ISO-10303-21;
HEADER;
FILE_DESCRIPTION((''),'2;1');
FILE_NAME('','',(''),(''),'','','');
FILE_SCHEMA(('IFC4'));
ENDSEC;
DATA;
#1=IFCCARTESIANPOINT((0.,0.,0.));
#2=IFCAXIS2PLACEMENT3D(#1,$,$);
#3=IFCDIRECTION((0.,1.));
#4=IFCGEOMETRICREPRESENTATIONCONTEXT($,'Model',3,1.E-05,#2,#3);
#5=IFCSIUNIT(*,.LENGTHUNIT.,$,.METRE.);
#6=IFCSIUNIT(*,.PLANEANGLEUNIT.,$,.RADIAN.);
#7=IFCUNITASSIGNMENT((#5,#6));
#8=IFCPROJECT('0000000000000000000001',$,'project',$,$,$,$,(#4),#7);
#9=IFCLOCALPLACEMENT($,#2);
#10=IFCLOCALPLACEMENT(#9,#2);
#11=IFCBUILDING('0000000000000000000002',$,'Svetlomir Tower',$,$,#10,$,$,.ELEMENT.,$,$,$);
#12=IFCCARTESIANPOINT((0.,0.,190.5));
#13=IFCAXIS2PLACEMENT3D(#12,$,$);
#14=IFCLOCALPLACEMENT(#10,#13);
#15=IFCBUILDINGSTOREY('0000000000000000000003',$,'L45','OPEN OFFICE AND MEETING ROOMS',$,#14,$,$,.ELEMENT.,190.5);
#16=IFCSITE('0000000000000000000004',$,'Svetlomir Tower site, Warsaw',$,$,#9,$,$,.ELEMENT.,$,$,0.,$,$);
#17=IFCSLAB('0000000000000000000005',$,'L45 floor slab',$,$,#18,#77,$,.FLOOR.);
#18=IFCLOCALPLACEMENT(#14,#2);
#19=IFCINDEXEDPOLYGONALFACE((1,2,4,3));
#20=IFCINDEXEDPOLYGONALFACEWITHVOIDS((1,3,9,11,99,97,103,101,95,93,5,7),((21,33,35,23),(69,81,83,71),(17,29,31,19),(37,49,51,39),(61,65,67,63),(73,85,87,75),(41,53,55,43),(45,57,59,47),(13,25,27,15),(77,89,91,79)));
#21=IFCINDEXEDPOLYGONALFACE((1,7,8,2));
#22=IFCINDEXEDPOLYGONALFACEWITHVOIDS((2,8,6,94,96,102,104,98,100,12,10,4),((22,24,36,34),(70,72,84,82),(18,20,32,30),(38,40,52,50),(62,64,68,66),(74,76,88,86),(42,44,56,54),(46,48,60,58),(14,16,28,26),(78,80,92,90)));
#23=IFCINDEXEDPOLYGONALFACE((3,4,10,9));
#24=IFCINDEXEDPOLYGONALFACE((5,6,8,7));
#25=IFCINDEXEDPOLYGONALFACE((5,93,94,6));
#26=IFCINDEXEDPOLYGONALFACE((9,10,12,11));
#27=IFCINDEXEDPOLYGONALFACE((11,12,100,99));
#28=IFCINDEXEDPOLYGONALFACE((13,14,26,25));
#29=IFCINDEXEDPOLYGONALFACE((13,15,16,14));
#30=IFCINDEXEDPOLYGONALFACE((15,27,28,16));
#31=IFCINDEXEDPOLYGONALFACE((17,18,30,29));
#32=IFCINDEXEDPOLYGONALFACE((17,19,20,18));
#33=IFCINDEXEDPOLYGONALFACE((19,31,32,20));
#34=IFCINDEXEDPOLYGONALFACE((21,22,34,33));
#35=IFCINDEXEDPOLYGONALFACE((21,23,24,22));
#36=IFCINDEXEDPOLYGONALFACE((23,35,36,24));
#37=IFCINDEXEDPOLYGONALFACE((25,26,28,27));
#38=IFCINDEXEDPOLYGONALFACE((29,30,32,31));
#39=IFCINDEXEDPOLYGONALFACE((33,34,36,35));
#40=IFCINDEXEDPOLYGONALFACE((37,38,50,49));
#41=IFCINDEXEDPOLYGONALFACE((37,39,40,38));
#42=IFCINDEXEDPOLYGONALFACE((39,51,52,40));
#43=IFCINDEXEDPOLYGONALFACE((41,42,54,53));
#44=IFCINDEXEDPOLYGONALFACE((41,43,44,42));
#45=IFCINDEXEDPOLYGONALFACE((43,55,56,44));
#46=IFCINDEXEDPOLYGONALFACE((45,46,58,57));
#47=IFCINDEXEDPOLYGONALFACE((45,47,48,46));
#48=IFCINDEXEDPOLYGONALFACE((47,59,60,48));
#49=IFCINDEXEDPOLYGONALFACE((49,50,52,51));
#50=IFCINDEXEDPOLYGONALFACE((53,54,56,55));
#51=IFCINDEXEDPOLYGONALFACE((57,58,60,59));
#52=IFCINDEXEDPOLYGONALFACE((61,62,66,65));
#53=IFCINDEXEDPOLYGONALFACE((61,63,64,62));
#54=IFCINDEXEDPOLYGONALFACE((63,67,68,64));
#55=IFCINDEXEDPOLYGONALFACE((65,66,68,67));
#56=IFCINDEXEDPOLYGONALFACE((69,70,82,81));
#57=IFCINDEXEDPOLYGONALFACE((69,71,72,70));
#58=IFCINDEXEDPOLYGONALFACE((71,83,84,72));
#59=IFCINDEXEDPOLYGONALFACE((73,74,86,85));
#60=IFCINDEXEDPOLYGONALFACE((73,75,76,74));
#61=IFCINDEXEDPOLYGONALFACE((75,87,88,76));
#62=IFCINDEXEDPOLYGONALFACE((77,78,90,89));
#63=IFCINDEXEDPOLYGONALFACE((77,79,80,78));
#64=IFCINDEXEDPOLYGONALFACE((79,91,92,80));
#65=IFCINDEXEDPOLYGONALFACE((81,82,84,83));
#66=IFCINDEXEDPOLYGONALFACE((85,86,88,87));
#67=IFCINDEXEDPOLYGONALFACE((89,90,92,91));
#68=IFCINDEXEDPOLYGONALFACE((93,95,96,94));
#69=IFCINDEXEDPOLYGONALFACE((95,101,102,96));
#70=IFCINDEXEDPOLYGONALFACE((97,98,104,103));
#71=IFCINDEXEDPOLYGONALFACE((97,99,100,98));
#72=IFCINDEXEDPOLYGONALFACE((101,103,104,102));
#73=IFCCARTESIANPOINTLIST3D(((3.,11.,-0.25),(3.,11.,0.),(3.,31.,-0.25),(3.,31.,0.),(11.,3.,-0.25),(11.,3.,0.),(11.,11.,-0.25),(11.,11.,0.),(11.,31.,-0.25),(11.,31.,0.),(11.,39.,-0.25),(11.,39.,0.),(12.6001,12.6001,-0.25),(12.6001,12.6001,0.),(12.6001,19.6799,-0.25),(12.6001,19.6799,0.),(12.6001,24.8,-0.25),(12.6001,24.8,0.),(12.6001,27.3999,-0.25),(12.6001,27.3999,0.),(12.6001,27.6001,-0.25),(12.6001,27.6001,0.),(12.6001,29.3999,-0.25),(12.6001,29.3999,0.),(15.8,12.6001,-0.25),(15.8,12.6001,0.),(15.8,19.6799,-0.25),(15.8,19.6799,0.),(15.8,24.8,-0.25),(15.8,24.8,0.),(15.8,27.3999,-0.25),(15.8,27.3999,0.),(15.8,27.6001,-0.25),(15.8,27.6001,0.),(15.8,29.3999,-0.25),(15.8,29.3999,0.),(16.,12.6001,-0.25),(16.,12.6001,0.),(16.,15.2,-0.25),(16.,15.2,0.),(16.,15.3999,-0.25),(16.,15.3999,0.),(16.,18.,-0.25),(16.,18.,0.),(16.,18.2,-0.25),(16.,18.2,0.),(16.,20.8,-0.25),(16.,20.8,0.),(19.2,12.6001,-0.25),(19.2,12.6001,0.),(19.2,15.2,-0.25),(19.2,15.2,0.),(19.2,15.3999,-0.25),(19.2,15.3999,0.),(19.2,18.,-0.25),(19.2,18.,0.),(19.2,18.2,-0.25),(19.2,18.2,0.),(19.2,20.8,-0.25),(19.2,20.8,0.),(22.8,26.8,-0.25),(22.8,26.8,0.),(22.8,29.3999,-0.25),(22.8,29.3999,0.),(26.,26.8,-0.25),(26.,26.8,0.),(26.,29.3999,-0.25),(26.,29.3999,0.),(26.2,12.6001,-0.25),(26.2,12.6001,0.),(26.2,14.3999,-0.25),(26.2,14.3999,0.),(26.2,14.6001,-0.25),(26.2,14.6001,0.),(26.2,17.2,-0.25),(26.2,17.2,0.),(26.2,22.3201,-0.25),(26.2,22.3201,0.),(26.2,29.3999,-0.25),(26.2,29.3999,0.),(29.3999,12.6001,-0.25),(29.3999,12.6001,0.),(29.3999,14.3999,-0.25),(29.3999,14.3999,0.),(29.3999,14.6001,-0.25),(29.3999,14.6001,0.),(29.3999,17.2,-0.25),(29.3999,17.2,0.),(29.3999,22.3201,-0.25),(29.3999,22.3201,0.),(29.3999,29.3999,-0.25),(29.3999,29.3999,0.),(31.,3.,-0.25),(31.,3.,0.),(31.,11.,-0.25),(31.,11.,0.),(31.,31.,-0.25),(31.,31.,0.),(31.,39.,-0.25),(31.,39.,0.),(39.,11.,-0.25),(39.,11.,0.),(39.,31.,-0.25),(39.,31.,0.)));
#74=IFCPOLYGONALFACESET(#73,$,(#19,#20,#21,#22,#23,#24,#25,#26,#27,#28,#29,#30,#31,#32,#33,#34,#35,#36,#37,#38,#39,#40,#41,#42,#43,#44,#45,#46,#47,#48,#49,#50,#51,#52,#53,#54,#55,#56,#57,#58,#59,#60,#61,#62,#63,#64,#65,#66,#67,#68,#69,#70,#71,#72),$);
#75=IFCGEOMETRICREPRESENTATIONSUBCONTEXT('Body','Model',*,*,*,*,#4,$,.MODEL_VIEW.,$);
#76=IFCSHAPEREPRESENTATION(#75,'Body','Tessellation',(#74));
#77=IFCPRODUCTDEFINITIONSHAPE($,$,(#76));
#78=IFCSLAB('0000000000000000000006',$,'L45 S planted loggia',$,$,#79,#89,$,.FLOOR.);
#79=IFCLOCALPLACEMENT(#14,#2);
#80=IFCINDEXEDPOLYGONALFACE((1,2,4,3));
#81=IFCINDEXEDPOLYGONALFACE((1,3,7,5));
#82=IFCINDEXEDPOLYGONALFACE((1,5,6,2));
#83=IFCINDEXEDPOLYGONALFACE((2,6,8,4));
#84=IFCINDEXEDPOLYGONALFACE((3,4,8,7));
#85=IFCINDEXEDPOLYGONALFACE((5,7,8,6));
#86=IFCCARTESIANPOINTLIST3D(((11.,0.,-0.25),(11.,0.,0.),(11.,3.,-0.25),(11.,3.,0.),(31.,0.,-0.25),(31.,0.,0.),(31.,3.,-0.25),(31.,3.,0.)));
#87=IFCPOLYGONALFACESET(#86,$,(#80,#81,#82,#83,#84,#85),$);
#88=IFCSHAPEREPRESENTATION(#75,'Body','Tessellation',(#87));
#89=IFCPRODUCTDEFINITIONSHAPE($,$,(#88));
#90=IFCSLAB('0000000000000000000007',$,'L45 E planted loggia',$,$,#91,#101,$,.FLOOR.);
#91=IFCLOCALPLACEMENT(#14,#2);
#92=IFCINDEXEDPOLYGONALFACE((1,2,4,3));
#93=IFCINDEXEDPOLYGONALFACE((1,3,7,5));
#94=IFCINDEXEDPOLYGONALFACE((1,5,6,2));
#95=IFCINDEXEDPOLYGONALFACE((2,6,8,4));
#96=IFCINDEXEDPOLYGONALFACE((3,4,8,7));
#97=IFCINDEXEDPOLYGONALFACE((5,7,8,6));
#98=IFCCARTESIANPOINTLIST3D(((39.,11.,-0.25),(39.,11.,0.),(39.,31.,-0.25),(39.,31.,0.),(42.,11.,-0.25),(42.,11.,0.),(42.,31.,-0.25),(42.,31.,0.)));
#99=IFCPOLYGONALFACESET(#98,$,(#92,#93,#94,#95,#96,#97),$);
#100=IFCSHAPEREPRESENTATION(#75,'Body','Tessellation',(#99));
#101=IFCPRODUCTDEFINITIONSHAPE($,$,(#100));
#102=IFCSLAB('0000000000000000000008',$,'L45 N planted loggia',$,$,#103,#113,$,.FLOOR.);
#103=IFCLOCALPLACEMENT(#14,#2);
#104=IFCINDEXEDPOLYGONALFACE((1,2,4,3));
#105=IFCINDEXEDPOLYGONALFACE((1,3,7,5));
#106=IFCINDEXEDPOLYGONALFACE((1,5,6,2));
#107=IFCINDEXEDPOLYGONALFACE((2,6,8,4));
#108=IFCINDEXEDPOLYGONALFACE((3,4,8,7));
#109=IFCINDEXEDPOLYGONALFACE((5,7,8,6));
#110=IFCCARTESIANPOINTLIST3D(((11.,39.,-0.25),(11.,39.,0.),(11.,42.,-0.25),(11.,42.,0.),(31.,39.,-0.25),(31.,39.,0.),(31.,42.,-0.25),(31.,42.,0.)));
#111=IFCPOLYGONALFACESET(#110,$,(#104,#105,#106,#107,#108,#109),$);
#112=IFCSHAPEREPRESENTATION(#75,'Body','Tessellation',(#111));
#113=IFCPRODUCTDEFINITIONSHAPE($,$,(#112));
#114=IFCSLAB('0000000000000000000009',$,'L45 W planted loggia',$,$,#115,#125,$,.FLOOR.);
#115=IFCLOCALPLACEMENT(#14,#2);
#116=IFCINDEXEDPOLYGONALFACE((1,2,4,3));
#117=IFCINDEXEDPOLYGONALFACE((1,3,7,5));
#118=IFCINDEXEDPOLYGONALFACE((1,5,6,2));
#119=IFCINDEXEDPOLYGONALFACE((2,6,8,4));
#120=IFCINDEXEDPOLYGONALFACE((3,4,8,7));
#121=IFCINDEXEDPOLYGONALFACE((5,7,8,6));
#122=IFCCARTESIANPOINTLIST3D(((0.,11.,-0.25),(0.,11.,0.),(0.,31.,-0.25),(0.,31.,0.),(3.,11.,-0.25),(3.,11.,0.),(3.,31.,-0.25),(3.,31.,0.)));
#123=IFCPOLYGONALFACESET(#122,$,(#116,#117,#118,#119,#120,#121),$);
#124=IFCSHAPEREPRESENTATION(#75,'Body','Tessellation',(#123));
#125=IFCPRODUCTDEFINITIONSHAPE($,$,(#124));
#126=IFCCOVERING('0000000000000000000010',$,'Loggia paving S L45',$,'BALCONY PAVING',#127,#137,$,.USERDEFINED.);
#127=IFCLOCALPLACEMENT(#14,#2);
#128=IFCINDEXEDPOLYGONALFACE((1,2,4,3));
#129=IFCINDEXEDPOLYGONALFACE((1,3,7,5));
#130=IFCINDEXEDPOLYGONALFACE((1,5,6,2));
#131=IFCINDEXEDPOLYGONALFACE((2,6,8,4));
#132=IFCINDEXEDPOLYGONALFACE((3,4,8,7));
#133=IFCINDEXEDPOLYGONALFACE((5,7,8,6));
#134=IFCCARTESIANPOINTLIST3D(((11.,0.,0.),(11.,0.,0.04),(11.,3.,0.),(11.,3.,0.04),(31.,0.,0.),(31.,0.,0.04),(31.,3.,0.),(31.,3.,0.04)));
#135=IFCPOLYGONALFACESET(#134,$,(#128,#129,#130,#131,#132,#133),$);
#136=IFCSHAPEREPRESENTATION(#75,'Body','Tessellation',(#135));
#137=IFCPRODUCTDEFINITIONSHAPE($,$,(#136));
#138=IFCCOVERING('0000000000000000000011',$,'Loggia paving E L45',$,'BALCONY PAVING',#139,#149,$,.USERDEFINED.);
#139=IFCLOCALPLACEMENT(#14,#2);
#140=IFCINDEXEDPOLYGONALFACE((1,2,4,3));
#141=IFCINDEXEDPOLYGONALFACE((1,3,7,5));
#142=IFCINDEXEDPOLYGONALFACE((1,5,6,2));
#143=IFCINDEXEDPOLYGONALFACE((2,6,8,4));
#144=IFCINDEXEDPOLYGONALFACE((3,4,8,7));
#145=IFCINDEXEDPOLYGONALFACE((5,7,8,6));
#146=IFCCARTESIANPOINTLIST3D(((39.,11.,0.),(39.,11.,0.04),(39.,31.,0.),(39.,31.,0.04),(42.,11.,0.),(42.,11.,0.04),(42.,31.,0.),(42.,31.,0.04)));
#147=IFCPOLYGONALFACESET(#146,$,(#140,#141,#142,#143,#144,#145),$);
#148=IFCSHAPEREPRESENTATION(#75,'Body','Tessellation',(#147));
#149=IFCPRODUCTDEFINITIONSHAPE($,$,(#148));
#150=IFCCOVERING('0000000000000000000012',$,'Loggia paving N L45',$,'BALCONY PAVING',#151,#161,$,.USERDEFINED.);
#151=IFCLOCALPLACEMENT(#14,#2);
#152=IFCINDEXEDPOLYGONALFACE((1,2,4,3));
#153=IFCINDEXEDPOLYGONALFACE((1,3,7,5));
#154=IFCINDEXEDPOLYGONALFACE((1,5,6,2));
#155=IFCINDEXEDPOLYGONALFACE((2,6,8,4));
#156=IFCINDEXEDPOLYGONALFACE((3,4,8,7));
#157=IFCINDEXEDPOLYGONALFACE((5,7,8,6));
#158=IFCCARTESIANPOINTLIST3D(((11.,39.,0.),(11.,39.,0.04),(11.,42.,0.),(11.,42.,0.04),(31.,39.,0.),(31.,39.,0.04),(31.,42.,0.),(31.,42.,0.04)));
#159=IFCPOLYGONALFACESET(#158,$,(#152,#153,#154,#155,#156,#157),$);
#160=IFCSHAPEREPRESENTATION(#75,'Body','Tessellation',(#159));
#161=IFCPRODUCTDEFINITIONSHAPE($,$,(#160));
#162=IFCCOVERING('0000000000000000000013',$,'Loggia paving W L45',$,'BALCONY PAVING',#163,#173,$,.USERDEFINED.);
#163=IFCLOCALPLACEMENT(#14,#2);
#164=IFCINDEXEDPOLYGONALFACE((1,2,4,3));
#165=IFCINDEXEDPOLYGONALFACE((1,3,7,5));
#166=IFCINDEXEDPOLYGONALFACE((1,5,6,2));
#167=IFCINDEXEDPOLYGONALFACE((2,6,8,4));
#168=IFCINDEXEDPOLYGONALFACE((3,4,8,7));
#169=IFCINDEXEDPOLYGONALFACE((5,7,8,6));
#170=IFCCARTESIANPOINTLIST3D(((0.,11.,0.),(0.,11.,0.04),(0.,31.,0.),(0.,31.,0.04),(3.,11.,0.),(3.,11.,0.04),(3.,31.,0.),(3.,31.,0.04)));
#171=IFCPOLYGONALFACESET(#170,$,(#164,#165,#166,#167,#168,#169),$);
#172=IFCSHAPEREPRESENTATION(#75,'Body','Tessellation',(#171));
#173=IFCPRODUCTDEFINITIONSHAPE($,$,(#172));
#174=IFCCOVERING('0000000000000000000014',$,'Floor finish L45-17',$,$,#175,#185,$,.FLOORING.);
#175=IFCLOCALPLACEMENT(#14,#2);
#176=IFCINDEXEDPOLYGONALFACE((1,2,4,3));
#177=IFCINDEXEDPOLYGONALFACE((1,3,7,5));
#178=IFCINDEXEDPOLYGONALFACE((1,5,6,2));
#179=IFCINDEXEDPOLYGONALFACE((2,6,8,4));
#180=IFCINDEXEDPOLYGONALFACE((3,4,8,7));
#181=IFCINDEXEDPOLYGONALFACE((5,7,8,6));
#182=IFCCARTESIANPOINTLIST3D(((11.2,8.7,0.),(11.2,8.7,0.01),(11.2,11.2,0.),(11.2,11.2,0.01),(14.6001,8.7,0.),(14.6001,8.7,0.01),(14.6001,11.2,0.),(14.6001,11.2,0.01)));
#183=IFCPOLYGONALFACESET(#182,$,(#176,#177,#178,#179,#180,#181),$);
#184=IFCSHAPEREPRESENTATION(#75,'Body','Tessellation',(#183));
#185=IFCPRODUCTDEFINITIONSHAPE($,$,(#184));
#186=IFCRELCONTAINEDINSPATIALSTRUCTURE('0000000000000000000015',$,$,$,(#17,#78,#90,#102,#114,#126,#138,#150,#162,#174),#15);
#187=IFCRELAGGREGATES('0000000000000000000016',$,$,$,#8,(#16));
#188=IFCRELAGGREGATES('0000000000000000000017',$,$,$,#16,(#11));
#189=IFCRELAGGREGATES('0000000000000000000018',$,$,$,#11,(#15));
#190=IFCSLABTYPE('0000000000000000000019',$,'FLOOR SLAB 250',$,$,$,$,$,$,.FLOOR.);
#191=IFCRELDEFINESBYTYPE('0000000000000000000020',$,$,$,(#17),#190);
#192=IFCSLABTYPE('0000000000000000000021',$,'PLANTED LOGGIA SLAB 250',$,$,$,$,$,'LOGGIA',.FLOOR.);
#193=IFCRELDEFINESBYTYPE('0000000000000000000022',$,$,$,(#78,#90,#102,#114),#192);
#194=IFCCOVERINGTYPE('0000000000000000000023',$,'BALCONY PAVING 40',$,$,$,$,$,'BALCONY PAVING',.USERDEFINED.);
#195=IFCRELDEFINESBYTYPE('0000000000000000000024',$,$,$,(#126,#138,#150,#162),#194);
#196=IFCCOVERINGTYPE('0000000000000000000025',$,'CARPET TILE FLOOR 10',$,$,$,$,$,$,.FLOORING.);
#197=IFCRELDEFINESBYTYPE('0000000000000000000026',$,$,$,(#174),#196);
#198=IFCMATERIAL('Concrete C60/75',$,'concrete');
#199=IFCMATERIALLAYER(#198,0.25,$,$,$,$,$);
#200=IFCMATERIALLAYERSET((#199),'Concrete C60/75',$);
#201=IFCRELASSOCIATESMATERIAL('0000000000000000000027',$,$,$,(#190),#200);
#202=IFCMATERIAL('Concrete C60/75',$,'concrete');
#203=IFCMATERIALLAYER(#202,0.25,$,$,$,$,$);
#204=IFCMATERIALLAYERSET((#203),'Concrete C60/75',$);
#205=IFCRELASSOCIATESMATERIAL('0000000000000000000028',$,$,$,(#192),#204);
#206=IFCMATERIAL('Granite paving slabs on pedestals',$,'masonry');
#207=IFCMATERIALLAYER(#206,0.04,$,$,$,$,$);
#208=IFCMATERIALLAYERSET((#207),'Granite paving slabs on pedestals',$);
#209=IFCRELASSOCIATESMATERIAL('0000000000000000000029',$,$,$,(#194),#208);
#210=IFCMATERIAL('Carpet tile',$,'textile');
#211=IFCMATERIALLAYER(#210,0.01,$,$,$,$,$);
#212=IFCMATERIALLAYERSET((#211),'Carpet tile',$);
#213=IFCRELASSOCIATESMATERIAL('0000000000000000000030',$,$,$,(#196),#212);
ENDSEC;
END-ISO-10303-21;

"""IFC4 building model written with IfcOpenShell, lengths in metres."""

from ifc_helpers import new_model, si_unit, direction, frame, origin, place, context, subcontext, project, spatial, polyline, outline, extrude, material, layer, layer_set, type_object, element, save


model = new_model("IFC4")

# Units and contexts
model_context = context("Model", 3, precision=1e-05, world=origin(), true_north=direction((0.0, 1.0)))
body_context = subcontext(model_context, "Body", "Model", "MODEL_VIEW")
ifc_project = project(units=[si_unit("LENGTHUNIT", "METRE"), si_unit("PLANEANGLEUNIT", "RADIAN")], contexts=[model_context])

# Site, building, storey
site_placement = place(None, origin())
site = spatial("IfcSite", under=ifc_project, at=site_placement, Name="Svetlomir Tower site, Warsaw", CompositionType="ELEMENT", RefElevation=0.0)
building_placement = place(site_placement, origin())
building = spatial("IfcBuilding", under=site, at=building_placement, Name="Svetlomir Tower", CompositionType="ELEMENT")
storey_placement = place(building_placement, frame((0.0, 0.0, 190.5)))
storey = spatial("IfcBuildingStorey", under=building, at=storey_placement, Name="L45", Description="OPEN OFFICE AND MEETING ROOMS", CompositionType="ELEMENT", Elevation=190.5)

# Slabs
ifc_material_1 = material(Name="Concrete C60/75", Category="concrete")
ifc_layer_1 = layer(ifc_material_1, 0.25)
ifc_layer_set_1 = layer_set([ifc_layer_1], Name="Concrete C60/75")
slab_type_1 = type_object("IfcSlabType", Name="FLOOR SLAB 250", PredefinedType="FLOOR", material=ifc_layer_set_1)
slab_1_placement = place(storey_placement, frame((0.0, 0.0, -0.25)))
element("IfcSlab", 1, at=slab_1_placement, inside=storey, type_object=slab_type_1, Name="L45 floor slab", PredefinedType="FLOOR", context=body_context, shape_type="SweptSolid", body=[
    extrude(outline(polyline([(11.0, 3.0), (31.0, 3.0), (31.0, 11.0), (39.0, 11.0), (39.0, 31.0), (31.0, 31.0), (31.0, 39.0), (11.0, 39.0), (11.0, 31.0), (3.0, 31.0), (3.0, 11.0), (11.0, 11.0), (11.0, 3.0)]), holes=[polyline([(12.6001, 24.8), (15.8, 24.8), (15.8, 27.3999), (12.6001, 27.3999), (12.6001, 24.8)]), polyline([(26.2, 14.6001), (29.3999, 14.6001), (29.3999, 17.2), (26.2, 17.2), (26.2, 14.6001)]), polyline([(16.0, 12.6001), (19.2, 12.6001), (19.2, 15.2), (16.0, 15.2), (16.0, 12.6001)]), polyline([(16.0, 15.3999), (19.2, 15.3999), (19.2, 18.0), (16.0, 18.0), (16.0, 15.3999)]), polyline([(16.0, 18.2), (19.2, 18.2), (19.2, 20.8), (16.0, 20.8), (16.0, 18.2)]), polyline([(22.8, 26.8), (26.0, 26.8), (26.0, 29.3999), (22.8, 29.3999), (22.8, 26.8)]), polyline([(12.6001, 27.6001), (15.8, 27.6001), (15.8, 29.3999), (12.6001, 29.3999), (12.6001, 27.6001)]), polyline([(26.2, 12.6001), (29.3999, 12.6001), (29.3999, 14.3999), (26.2, 14.3999), (26.2, 12.6001)]), polyline([(12.6001, 12.6001), (15.8, 12.6001), (15.8, 19.6799), (12.6001, 19.6799), (12.6001, 12.6001)]), polyline([(26.2, 22.3201), (29.3999, 22.3201), (29.3999, 29.3999), (26.2, 29.3999), (26.2, 22.3201)])]), origin(), (0.0, 0.0, 1.0), 0.25),
])
ifc_material_2 = material(Name="Concrete C60/75", Category="concrete")
ifc_layer_2 = layer(ifc_material_2, 0.25)
ifc_layer_set_2 = layer_set([ifc_layer_2], Name="Concrete C60/75")
slab_type_2 = type_object("IfcSlabType", Name="PLANTED LOGGIA SLAB 250", ElementType="LOGGIA", PredefinedType="FLOOR", material=ifc_layer_set_2)
slab_2_placement = place(storey_placement, frame((0.0, 0.0, -0.25)))
element("IfcSlab", 2, at=slab_2_placement, inside=storey, type_object=slab_type_2, Name="L45 S planted loggia", PredefinedType="FLOOR", context=body_context, shape_type="SweptSolid", body=[
    extrude(outline(polyline([(11.0, 0.0), (31.0, 0.0), (31.0, 3.0), (11.0, 3.0), (11.0, 0.0)])), origin(), (0.0, 0.0, 1.0), 0.25),
])
slab_3_placement = place(storey_placement, frame((0.0, 0.0, -0.25)))
element("IfcSlab", 3, at=slab_3_placement, inside=storey, type_object=slab_type_2, Name="L45 E planted loggia", PredefinedType="FLOOR", context=body_context, shape_type="SweptSolid", body=[
    extrude(outline(polyline([(39.0, 11.0), (42.0, 11.0), (42.0, 31.0), (39.0, 31.0), (39.0, 11.0)])), origin(), (0.0, 0.0, 1.0), 0.25),
])
slab_4_placement = place(storey_placement, frame((0.0, 0.0, -0.25)))
element("IfcSlab", 4, at=slab_4_placement, inside=storey, type_object=slab_type_2, Name="L45 N planted loggia", PredefinedType="FLOOR", context=body_context, shape_type="SweptSolid", body=[
    extrude(outline(polyline([(11.0, 39.0), (31.0, 39.0), (31.0, 42.0), (11.0, 42.0), (11.0, 39.0)])), origin(), (0.0, 0.0, 1.0), 0.25),
])
slab_5_placement = place(storey_placement, frame((0.0, 0.0, -0.25)))
element("IfcSlab", 5, at=slab_5_placement, inside=storey, type_object=slab_type_2, Name="L45 W planted loggia", PredefinedType="FLOOR", context=body_context, shape_type="SweptSolid", body=[
    extrude(outline(polyline([(0.0, 11.0), (3.0, 11.0), (3.0, 31.0), (0.0, 31.0), (0.0, 11.0)])), origin(), (0.0, 0.0, 1.0), 0.25),
])

# Coverings
ifc_material_3 = material(Name="Granite paving slabs on pedestals", Category="masonry")
ifc_layer_3 = layer(ifc_material_3, 0.04)
ifc_layer_set_3 = layer_set([ifc_layer_3], Name="Granite paving slabs on pedestals")
covering_type_1 = type_object("IfcCoveringType", Name="BALCONY PAVING 40", ElementType="BALCONY PAVING", PredefinedType="USERDEFINED", material=ifc_layer_set_3)
covering_1_placement = place(storey_placement, origin())
element("IfcCovering", 6, at=covering_1_placement, inside=storey, type_object=covering_type_1, Name="Loggia paving S L45", ObjectType="BALCONY PAVING", PredefinedType="USERDEFINED", context=body_context, shape_type="SweptSolid", body=[
    extrude(outline(polyline([(11.0, 0.0), (31.0, 0.0), (31.0, 3.0), (11.0, 3.0), (11.0, 0.0)])), origin(), (0.0, 0.0, 1.0), 0.04),
])
covering_2_placement = place(storey_placement, origin())
element("IfcCovering", 7, at=covering_2_placement, inside=storey, type_object=covering_type_1, Name="Loggia paving E L45", ObjectType="BALCONY PAVING", PredefinedType="USERDEFINED", context=body_context, shape_type="SweptSolid", body=[
    extrude(outline(polyline([(39.0, 11.0), (42.0, 11.0), (42.0, 31.0), (39.0, 31.0), (39.0, 11.0)])), origin(), (0.0, 0.0, 1.0), 0.04),
])
covering_3_placement = place(storey_placement, origin())
element("IfcCovering", 8, at=covering_3_placement, inside=storey, type_object=covering_type_1, Name="Loggia paving N L45", ObjectType="BALCONY PAVING", PredefinedType="USERDEFINED", context=body_context, shape_type="SweptSolid", body=[
    extrude(outline(polyline([(11.0, 39.0), (31.0, 39.0), (31.0, 42.0), (11.0, 42.0), (11.0, 39.0)])), origin(), (0.0, 0.0, 1.0), 0.04),
])
covering_4_placement = place(storey_placement, origin())
element("IfcCovering", 9, at=covering_4_placement, inside=storey, type_object=covering_type_1, Name="Loggia paving W L45", ObjectType="BALCONY PAVING", PredefinedType="USERDEFINED", context=body_context, shape_type="SweptSolid", body=[
    extrude(outline(polyline([(0.0, 11.0), (3.0, 11.0), (3.0, 31.0), (0.0, 31.0), (0.0, 11.0)])), origin(), (0.0, 0.0, 1.0), 0.04),
])
ifc_material_4 = material(Name="Carpet tile", Category="textile")
ifc_layer_4 = layer(ifc_material_4, 0.01)
ifc_layer_set_4 = layer_set([ifc_layer_4], Name="Carpet tile")
covering_type_2 = type_object("IfcCoveringType", Name="CARPET TILE FLOOR 10", PredefinedType="FLOORING", material=ifc_layer_set_4)
covering_5_placement = place(storey_placement, origin())
element("IfcCovering", 10, at=covering_5_placement, inside=storey, type_object=covering_type_2, Name="Floor finish L45-17", PredefinedType="FLOORING", context=body_context, shape_type="SweptSolid", body=[
    extrude(outline(polyline([(11.2, 8.7), (14.6001, 8.7), (14.6001, 11.2), (11.2, 11.2), (11.2, 8.7)])), origin(), (0.0, 0.0, 1.0), 0.01),
])

save(model, "model.ifc")
